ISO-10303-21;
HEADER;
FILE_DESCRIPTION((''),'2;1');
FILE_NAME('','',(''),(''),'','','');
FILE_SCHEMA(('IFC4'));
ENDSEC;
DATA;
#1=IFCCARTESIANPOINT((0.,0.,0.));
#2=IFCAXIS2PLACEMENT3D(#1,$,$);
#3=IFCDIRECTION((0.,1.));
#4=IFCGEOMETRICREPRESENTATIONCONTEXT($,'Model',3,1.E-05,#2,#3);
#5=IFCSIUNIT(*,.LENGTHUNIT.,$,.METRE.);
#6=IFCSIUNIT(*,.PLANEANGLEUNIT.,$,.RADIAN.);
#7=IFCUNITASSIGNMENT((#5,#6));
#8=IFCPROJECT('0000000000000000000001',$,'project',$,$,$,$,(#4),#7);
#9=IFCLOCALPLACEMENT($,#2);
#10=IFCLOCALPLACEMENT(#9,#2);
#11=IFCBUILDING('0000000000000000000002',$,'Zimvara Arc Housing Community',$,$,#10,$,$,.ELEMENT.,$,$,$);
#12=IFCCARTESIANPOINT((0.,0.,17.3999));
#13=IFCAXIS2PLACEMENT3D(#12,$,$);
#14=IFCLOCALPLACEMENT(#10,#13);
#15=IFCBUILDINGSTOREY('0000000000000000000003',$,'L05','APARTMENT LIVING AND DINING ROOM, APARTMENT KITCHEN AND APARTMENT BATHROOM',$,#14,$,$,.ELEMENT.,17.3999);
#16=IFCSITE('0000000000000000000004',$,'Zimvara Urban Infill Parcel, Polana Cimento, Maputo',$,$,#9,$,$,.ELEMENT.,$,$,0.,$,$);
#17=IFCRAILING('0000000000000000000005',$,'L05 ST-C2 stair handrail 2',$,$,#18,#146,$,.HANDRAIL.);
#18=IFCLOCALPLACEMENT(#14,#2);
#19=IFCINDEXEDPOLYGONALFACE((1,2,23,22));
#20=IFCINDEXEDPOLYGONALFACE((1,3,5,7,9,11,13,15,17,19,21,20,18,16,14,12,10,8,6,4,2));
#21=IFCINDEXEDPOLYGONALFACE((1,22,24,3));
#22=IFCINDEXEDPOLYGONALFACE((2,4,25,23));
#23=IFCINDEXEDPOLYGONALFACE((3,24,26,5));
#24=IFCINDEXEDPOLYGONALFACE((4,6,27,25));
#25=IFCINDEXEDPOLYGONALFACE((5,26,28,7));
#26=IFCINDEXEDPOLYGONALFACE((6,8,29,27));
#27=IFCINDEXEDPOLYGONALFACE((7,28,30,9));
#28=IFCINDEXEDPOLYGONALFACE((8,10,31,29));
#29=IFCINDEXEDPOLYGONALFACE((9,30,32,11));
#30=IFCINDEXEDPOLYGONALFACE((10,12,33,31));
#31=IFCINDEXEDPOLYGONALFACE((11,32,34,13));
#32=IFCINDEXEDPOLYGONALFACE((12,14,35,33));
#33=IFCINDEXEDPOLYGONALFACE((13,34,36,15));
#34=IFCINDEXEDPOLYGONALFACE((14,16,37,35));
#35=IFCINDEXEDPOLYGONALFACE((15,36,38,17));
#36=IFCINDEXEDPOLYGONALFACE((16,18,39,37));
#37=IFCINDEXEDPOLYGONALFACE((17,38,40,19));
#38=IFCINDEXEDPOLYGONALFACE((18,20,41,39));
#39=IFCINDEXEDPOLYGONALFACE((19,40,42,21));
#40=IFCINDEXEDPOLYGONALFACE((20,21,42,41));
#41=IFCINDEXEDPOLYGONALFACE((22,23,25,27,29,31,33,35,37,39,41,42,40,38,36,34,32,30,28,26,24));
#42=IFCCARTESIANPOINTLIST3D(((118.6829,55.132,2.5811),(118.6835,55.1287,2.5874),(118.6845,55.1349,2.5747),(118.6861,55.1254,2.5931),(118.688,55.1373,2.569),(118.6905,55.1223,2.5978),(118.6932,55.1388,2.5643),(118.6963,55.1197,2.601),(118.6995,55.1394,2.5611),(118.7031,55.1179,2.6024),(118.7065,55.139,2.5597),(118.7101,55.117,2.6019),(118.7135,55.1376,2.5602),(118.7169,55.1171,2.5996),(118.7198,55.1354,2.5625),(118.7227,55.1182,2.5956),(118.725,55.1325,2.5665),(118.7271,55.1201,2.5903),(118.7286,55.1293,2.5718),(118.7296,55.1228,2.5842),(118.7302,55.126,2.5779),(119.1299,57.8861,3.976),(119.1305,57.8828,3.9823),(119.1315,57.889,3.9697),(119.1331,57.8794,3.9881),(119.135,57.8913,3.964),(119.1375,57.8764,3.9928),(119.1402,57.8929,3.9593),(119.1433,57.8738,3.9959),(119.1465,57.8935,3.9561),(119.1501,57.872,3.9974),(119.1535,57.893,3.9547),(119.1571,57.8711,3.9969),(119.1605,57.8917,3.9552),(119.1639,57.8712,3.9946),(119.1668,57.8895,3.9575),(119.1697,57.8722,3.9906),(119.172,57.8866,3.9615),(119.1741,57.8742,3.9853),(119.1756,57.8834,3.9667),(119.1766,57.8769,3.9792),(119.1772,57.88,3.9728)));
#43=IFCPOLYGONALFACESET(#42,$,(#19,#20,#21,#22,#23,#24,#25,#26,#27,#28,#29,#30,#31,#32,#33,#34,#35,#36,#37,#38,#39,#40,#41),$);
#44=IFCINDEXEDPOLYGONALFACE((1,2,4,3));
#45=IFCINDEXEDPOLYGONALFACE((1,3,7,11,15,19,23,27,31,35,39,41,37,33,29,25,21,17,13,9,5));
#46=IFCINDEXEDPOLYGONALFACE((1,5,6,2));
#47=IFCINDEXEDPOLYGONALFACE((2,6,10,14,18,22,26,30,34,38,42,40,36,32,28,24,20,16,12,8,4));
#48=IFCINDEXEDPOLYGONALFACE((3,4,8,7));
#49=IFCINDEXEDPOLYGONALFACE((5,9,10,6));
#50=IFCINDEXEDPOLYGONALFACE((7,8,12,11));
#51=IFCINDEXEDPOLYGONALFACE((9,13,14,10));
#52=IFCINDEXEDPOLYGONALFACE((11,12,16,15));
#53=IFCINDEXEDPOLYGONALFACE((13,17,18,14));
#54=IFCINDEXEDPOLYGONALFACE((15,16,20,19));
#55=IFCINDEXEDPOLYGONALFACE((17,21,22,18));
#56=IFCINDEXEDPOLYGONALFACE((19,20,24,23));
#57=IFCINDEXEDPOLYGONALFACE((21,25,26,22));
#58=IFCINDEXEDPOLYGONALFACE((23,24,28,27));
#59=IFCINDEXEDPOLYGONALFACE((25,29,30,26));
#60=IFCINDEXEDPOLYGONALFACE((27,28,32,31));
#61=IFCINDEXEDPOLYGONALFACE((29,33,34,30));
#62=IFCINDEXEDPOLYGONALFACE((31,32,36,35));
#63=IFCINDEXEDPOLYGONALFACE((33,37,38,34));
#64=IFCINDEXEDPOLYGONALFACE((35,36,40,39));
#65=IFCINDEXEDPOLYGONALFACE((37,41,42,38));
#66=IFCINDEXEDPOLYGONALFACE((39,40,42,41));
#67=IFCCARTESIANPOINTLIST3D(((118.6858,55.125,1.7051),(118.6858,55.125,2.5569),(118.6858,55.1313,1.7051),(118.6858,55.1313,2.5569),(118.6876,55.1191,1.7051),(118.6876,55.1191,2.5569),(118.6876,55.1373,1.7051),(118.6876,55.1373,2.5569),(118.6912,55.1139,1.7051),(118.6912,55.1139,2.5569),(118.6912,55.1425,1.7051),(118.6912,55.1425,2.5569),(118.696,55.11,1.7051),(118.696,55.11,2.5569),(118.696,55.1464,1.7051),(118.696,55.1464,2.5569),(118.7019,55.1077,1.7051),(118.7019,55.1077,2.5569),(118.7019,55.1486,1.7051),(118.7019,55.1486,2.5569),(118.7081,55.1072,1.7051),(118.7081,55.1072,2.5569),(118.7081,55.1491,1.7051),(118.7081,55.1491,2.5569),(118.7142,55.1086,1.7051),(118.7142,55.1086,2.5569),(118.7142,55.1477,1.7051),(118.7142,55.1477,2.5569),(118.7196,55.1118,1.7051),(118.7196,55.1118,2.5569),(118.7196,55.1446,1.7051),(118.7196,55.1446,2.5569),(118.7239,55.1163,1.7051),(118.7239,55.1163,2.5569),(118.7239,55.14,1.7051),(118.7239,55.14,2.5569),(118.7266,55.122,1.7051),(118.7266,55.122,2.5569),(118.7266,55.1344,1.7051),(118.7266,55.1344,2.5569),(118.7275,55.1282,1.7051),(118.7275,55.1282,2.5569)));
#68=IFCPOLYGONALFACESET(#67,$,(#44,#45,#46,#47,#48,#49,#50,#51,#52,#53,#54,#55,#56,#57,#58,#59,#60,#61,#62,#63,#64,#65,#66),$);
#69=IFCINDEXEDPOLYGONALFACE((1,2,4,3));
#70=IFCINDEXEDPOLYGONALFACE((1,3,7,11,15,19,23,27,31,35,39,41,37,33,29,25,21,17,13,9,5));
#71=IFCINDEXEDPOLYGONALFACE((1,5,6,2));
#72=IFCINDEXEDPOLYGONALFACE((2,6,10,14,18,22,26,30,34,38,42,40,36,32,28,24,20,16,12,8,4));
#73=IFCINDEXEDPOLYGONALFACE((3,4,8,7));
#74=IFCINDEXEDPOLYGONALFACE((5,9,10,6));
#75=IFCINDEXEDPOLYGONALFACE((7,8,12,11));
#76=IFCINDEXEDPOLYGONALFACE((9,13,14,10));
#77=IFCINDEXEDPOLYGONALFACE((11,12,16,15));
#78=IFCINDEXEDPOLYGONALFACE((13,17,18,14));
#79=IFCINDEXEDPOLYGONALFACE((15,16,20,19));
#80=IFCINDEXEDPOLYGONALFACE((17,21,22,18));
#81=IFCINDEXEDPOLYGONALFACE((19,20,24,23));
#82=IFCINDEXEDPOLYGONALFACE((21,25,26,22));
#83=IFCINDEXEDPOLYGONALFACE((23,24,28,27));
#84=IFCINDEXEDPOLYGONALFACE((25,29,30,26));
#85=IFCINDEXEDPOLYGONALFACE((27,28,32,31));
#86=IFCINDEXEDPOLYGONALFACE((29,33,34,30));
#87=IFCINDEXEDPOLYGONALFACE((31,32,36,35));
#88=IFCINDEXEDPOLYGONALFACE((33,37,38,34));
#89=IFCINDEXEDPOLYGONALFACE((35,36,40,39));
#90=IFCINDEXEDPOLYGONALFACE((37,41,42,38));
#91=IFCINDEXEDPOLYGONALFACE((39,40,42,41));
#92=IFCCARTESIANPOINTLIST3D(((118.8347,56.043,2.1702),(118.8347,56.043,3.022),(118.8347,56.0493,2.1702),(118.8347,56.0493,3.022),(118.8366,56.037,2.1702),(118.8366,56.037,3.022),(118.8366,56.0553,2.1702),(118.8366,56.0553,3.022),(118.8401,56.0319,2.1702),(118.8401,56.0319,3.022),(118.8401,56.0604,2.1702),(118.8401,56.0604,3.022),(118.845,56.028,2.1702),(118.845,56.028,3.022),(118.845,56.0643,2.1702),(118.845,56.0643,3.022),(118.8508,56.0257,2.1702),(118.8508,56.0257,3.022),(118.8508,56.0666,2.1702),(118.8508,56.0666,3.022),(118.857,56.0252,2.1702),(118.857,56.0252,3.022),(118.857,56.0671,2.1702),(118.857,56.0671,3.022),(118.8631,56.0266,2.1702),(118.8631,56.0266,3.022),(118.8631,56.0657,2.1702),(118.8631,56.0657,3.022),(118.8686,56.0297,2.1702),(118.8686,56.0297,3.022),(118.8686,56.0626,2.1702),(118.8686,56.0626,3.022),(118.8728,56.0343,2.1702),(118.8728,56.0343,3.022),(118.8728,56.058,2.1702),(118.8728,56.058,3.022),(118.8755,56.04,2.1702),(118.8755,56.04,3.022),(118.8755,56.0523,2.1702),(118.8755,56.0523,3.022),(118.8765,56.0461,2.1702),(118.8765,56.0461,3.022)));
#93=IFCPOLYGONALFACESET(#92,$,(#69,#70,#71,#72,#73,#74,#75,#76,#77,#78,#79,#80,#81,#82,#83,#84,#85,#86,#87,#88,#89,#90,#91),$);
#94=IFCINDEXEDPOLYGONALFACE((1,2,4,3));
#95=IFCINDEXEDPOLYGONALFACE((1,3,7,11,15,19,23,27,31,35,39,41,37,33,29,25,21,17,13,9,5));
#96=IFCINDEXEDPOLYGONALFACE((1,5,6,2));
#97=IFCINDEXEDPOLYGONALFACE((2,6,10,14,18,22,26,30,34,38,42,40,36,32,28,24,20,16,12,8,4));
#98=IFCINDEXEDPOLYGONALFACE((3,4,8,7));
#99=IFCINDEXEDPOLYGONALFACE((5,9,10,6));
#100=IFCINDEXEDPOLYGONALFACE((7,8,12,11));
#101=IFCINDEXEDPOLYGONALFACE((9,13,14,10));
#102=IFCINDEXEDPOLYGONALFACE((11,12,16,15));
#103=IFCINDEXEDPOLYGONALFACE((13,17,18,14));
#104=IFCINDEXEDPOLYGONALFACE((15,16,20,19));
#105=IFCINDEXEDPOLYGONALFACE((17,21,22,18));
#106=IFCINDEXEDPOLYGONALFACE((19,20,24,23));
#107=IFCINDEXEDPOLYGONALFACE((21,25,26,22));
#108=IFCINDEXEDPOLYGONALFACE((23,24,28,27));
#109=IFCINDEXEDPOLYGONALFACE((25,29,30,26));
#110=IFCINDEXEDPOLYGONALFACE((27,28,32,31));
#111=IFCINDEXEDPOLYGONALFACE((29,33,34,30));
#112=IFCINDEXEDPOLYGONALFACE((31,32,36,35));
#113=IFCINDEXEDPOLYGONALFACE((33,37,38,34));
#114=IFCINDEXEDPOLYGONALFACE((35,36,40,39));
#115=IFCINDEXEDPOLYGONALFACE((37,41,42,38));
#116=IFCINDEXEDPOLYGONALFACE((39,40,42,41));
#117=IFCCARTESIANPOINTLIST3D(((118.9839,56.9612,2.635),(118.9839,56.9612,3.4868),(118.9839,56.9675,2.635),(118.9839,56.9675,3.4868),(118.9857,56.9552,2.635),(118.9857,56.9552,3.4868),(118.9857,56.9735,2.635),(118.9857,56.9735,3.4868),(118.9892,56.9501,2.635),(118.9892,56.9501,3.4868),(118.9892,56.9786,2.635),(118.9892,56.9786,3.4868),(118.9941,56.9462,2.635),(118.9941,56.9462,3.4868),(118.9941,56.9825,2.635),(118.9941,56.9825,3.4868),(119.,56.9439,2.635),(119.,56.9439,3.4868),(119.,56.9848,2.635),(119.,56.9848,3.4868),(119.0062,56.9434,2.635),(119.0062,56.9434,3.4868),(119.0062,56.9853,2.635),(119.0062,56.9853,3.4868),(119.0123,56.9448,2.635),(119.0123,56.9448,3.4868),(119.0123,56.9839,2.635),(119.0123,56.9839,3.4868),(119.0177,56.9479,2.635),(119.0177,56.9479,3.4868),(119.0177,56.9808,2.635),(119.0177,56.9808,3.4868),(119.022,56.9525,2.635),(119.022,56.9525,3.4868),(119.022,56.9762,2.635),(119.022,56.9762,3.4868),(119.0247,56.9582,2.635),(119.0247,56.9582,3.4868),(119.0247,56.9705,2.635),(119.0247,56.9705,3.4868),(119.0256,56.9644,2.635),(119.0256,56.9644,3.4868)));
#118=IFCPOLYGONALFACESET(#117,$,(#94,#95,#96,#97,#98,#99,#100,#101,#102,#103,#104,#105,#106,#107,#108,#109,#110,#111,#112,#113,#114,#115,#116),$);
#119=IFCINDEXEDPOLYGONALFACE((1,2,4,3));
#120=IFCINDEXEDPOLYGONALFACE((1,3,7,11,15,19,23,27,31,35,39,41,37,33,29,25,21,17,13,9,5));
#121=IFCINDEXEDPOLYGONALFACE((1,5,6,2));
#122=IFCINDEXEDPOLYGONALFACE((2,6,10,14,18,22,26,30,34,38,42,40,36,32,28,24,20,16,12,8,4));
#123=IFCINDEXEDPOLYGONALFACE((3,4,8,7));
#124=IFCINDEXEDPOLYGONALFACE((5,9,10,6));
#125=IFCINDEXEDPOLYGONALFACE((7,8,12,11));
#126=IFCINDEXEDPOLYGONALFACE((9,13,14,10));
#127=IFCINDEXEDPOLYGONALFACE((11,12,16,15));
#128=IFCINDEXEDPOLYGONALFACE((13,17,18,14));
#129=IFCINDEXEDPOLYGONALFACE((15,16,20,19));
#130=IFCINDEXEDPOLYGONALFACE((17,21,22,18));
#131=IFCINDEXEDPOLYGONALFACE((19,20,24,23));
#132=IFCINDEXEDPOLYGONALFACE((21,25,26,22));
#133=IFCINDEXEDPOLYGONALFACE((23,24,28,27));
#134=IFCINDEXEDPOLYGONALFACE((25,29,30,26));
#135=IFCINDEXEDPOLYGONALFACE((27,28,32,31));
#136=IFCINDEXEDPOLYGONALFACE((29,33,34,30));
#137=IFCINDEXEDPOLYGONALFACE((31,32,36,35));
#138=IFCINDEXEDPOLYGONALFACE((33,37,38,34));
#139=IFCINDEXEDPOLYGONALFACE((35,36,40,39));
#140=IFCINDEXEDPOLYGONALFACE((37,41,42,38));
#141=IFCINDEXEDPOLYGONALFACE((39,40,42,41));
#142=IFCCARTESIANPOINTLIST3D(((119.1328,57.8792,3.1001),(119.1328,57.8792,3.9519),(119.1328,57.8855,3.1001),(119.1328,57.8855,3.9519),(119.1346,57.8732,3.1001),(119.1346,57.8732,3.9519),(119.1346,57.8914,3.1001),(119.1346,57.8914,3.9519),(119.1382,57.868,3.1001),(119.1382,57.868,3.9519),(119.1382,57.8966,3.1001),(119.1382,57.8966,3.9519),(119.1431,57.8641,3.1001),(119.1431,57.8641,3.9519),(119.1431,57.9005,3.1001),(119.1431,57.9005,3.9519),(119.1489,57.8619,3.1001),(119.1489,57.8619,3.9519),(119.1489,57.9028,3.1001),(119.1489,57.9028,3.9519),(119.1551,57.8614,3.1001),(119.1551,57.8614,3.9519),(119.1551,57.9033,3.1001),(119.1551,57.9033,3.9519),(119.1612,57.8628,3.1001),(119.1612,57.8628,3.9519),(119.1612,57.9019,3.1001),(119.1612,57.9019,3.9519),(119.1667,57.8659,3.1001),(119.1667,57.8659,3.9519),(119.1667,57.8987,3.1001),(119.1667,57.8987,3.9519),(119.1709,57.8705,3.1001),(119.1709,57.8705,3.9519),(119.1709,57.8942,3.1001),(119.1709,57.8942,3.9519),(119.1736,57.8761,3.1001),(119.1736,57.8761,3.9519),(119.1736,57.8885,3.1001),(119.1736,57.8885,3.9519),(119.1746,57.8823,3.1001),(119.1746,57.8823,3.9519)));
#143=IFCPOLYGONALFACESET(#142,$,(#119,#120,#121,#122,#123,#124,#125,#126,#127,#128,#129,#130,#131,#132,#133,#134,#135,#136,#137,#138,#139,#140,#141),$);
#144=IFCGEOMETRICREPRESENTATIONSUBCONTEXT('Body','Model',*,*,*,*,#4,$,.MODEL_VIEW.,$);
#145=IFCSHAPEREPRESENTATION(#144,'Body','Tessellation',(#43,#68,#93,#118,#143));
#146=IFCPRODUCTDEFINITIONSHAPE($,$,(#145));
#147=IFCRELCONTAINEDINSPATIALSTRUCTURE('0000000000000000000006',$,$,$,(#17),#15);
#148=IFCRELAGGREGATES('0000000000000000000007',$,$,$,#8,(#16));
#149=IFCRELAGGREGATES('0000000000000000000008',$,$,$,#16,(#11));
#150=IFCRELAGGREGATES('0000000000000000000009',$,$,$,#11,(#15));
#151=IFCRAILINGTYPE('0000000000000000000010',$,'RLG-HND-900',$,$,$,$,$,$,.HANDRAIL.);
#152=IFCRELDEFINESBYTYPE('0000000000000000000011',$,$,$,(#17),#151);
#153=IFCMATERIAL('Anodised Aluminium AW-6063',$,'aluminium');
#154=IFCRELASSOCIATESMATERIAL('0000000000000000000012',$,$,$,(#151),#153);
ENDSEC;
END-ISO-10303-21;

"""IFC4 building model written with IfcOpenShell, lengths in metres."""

from ifc_helpers import new_model, si_unit, direction, frame, origin, origin_2d, place, context, subcontext, project, spatial, circle, extrude, material, type_object, element, save


model = new_model("IFC4")

# Units and contexts
model_context = context("Model", 3, precision=1e-05, world=origin(), true_north=direction((0.0, 1.0)))
body_context = subcontext(model_context, "Body", "Model", "MODEL_VIEW")
ifc_project = project(units=[si_unit("LENGTHUNIT", "METRE"), si_unit("PLANEANGLEUNIT", "RADIAN")], contexts=[model_context])

# Site, building, storey
site_placement = place(None, origin())
site = spatial("IfcSite", under=ifc_project, at=site_placement, Name="Zimvara Urban Infill Parcel, Polana Cimento, Maputo", CompositionType="ELEMENT", RefElevation=0.0)
building_placement = place(site_placement, origin())
building = spatial("IfcBuilding", under=site, at=building_placement, Name="Zimvara Arc Housing Community", CompositionType="ELEMENT")
storey_placement = place(building_placement, frame((0.0, 0.0, 17.3999)))
storey = spatial("IfcBuildingStorey", under=building, at=storey_placement, Name="L05", Description="APARTMENT LIVING AND DINING ROOM, APARTMENT KITCHEN AND APARTMENT BATHROOM", CompositionType="ELEMENT", Elevation=17.3999)

# Railing
ifc_material_1 = material(Name="Anodised Aluminium AW-6063", Category="aluminium")
railing_type_1 = type_object("IfcRailingType", Name="RLG-HND-900", PredefinedType="HANDRAIL", material=ifc_material_1)
railing_1_placement = place(storey_placement, frame((118.7065, 55.1282, 1.7051)))
element("IfcRailing", 1, at=railing_1_placement, inside=storey, type_object=railing_type_1, Name="L05 ST-C2 stair handrail 2", PredefinedType="HANDRAIL", context=body_context, shape_type="SweptSolid", body=[
    extrude(circle(Radius=0.0239, at=origin_2d()), frame((0.0, 0.0, 0.876), z_axis=(0.143299, 0.882883, 0.447194), x_axis=(-0.987083, 0.160212, 0.0)), (0.0, 0.0, 1.0), 3.1194),
    extrude(circle(Radius=0.021, at=origin_2d()), origin(), (0.0, 0.0, 1.0), 0.8518),
    extrude(circle(Radius=0.021, at=origin_2d()), frame((0.1489, 0.918, 0.4651)), (0.0, 0.0, 1.0), 0.8518),
    extrude(circle(Radius=0.021, at=origin_2d()), frame((0.2981, 1.8362, 0.9299)), (0.0, 0.0, 1.0), 0.8518),
    extrude(circle(Radius=0.021, at=origin_2d()), frame((0.447, 2.7542, 1.395)), (0.0, 0.0, 1.0), 0.8518),
])

save(model, "model.ifc")
